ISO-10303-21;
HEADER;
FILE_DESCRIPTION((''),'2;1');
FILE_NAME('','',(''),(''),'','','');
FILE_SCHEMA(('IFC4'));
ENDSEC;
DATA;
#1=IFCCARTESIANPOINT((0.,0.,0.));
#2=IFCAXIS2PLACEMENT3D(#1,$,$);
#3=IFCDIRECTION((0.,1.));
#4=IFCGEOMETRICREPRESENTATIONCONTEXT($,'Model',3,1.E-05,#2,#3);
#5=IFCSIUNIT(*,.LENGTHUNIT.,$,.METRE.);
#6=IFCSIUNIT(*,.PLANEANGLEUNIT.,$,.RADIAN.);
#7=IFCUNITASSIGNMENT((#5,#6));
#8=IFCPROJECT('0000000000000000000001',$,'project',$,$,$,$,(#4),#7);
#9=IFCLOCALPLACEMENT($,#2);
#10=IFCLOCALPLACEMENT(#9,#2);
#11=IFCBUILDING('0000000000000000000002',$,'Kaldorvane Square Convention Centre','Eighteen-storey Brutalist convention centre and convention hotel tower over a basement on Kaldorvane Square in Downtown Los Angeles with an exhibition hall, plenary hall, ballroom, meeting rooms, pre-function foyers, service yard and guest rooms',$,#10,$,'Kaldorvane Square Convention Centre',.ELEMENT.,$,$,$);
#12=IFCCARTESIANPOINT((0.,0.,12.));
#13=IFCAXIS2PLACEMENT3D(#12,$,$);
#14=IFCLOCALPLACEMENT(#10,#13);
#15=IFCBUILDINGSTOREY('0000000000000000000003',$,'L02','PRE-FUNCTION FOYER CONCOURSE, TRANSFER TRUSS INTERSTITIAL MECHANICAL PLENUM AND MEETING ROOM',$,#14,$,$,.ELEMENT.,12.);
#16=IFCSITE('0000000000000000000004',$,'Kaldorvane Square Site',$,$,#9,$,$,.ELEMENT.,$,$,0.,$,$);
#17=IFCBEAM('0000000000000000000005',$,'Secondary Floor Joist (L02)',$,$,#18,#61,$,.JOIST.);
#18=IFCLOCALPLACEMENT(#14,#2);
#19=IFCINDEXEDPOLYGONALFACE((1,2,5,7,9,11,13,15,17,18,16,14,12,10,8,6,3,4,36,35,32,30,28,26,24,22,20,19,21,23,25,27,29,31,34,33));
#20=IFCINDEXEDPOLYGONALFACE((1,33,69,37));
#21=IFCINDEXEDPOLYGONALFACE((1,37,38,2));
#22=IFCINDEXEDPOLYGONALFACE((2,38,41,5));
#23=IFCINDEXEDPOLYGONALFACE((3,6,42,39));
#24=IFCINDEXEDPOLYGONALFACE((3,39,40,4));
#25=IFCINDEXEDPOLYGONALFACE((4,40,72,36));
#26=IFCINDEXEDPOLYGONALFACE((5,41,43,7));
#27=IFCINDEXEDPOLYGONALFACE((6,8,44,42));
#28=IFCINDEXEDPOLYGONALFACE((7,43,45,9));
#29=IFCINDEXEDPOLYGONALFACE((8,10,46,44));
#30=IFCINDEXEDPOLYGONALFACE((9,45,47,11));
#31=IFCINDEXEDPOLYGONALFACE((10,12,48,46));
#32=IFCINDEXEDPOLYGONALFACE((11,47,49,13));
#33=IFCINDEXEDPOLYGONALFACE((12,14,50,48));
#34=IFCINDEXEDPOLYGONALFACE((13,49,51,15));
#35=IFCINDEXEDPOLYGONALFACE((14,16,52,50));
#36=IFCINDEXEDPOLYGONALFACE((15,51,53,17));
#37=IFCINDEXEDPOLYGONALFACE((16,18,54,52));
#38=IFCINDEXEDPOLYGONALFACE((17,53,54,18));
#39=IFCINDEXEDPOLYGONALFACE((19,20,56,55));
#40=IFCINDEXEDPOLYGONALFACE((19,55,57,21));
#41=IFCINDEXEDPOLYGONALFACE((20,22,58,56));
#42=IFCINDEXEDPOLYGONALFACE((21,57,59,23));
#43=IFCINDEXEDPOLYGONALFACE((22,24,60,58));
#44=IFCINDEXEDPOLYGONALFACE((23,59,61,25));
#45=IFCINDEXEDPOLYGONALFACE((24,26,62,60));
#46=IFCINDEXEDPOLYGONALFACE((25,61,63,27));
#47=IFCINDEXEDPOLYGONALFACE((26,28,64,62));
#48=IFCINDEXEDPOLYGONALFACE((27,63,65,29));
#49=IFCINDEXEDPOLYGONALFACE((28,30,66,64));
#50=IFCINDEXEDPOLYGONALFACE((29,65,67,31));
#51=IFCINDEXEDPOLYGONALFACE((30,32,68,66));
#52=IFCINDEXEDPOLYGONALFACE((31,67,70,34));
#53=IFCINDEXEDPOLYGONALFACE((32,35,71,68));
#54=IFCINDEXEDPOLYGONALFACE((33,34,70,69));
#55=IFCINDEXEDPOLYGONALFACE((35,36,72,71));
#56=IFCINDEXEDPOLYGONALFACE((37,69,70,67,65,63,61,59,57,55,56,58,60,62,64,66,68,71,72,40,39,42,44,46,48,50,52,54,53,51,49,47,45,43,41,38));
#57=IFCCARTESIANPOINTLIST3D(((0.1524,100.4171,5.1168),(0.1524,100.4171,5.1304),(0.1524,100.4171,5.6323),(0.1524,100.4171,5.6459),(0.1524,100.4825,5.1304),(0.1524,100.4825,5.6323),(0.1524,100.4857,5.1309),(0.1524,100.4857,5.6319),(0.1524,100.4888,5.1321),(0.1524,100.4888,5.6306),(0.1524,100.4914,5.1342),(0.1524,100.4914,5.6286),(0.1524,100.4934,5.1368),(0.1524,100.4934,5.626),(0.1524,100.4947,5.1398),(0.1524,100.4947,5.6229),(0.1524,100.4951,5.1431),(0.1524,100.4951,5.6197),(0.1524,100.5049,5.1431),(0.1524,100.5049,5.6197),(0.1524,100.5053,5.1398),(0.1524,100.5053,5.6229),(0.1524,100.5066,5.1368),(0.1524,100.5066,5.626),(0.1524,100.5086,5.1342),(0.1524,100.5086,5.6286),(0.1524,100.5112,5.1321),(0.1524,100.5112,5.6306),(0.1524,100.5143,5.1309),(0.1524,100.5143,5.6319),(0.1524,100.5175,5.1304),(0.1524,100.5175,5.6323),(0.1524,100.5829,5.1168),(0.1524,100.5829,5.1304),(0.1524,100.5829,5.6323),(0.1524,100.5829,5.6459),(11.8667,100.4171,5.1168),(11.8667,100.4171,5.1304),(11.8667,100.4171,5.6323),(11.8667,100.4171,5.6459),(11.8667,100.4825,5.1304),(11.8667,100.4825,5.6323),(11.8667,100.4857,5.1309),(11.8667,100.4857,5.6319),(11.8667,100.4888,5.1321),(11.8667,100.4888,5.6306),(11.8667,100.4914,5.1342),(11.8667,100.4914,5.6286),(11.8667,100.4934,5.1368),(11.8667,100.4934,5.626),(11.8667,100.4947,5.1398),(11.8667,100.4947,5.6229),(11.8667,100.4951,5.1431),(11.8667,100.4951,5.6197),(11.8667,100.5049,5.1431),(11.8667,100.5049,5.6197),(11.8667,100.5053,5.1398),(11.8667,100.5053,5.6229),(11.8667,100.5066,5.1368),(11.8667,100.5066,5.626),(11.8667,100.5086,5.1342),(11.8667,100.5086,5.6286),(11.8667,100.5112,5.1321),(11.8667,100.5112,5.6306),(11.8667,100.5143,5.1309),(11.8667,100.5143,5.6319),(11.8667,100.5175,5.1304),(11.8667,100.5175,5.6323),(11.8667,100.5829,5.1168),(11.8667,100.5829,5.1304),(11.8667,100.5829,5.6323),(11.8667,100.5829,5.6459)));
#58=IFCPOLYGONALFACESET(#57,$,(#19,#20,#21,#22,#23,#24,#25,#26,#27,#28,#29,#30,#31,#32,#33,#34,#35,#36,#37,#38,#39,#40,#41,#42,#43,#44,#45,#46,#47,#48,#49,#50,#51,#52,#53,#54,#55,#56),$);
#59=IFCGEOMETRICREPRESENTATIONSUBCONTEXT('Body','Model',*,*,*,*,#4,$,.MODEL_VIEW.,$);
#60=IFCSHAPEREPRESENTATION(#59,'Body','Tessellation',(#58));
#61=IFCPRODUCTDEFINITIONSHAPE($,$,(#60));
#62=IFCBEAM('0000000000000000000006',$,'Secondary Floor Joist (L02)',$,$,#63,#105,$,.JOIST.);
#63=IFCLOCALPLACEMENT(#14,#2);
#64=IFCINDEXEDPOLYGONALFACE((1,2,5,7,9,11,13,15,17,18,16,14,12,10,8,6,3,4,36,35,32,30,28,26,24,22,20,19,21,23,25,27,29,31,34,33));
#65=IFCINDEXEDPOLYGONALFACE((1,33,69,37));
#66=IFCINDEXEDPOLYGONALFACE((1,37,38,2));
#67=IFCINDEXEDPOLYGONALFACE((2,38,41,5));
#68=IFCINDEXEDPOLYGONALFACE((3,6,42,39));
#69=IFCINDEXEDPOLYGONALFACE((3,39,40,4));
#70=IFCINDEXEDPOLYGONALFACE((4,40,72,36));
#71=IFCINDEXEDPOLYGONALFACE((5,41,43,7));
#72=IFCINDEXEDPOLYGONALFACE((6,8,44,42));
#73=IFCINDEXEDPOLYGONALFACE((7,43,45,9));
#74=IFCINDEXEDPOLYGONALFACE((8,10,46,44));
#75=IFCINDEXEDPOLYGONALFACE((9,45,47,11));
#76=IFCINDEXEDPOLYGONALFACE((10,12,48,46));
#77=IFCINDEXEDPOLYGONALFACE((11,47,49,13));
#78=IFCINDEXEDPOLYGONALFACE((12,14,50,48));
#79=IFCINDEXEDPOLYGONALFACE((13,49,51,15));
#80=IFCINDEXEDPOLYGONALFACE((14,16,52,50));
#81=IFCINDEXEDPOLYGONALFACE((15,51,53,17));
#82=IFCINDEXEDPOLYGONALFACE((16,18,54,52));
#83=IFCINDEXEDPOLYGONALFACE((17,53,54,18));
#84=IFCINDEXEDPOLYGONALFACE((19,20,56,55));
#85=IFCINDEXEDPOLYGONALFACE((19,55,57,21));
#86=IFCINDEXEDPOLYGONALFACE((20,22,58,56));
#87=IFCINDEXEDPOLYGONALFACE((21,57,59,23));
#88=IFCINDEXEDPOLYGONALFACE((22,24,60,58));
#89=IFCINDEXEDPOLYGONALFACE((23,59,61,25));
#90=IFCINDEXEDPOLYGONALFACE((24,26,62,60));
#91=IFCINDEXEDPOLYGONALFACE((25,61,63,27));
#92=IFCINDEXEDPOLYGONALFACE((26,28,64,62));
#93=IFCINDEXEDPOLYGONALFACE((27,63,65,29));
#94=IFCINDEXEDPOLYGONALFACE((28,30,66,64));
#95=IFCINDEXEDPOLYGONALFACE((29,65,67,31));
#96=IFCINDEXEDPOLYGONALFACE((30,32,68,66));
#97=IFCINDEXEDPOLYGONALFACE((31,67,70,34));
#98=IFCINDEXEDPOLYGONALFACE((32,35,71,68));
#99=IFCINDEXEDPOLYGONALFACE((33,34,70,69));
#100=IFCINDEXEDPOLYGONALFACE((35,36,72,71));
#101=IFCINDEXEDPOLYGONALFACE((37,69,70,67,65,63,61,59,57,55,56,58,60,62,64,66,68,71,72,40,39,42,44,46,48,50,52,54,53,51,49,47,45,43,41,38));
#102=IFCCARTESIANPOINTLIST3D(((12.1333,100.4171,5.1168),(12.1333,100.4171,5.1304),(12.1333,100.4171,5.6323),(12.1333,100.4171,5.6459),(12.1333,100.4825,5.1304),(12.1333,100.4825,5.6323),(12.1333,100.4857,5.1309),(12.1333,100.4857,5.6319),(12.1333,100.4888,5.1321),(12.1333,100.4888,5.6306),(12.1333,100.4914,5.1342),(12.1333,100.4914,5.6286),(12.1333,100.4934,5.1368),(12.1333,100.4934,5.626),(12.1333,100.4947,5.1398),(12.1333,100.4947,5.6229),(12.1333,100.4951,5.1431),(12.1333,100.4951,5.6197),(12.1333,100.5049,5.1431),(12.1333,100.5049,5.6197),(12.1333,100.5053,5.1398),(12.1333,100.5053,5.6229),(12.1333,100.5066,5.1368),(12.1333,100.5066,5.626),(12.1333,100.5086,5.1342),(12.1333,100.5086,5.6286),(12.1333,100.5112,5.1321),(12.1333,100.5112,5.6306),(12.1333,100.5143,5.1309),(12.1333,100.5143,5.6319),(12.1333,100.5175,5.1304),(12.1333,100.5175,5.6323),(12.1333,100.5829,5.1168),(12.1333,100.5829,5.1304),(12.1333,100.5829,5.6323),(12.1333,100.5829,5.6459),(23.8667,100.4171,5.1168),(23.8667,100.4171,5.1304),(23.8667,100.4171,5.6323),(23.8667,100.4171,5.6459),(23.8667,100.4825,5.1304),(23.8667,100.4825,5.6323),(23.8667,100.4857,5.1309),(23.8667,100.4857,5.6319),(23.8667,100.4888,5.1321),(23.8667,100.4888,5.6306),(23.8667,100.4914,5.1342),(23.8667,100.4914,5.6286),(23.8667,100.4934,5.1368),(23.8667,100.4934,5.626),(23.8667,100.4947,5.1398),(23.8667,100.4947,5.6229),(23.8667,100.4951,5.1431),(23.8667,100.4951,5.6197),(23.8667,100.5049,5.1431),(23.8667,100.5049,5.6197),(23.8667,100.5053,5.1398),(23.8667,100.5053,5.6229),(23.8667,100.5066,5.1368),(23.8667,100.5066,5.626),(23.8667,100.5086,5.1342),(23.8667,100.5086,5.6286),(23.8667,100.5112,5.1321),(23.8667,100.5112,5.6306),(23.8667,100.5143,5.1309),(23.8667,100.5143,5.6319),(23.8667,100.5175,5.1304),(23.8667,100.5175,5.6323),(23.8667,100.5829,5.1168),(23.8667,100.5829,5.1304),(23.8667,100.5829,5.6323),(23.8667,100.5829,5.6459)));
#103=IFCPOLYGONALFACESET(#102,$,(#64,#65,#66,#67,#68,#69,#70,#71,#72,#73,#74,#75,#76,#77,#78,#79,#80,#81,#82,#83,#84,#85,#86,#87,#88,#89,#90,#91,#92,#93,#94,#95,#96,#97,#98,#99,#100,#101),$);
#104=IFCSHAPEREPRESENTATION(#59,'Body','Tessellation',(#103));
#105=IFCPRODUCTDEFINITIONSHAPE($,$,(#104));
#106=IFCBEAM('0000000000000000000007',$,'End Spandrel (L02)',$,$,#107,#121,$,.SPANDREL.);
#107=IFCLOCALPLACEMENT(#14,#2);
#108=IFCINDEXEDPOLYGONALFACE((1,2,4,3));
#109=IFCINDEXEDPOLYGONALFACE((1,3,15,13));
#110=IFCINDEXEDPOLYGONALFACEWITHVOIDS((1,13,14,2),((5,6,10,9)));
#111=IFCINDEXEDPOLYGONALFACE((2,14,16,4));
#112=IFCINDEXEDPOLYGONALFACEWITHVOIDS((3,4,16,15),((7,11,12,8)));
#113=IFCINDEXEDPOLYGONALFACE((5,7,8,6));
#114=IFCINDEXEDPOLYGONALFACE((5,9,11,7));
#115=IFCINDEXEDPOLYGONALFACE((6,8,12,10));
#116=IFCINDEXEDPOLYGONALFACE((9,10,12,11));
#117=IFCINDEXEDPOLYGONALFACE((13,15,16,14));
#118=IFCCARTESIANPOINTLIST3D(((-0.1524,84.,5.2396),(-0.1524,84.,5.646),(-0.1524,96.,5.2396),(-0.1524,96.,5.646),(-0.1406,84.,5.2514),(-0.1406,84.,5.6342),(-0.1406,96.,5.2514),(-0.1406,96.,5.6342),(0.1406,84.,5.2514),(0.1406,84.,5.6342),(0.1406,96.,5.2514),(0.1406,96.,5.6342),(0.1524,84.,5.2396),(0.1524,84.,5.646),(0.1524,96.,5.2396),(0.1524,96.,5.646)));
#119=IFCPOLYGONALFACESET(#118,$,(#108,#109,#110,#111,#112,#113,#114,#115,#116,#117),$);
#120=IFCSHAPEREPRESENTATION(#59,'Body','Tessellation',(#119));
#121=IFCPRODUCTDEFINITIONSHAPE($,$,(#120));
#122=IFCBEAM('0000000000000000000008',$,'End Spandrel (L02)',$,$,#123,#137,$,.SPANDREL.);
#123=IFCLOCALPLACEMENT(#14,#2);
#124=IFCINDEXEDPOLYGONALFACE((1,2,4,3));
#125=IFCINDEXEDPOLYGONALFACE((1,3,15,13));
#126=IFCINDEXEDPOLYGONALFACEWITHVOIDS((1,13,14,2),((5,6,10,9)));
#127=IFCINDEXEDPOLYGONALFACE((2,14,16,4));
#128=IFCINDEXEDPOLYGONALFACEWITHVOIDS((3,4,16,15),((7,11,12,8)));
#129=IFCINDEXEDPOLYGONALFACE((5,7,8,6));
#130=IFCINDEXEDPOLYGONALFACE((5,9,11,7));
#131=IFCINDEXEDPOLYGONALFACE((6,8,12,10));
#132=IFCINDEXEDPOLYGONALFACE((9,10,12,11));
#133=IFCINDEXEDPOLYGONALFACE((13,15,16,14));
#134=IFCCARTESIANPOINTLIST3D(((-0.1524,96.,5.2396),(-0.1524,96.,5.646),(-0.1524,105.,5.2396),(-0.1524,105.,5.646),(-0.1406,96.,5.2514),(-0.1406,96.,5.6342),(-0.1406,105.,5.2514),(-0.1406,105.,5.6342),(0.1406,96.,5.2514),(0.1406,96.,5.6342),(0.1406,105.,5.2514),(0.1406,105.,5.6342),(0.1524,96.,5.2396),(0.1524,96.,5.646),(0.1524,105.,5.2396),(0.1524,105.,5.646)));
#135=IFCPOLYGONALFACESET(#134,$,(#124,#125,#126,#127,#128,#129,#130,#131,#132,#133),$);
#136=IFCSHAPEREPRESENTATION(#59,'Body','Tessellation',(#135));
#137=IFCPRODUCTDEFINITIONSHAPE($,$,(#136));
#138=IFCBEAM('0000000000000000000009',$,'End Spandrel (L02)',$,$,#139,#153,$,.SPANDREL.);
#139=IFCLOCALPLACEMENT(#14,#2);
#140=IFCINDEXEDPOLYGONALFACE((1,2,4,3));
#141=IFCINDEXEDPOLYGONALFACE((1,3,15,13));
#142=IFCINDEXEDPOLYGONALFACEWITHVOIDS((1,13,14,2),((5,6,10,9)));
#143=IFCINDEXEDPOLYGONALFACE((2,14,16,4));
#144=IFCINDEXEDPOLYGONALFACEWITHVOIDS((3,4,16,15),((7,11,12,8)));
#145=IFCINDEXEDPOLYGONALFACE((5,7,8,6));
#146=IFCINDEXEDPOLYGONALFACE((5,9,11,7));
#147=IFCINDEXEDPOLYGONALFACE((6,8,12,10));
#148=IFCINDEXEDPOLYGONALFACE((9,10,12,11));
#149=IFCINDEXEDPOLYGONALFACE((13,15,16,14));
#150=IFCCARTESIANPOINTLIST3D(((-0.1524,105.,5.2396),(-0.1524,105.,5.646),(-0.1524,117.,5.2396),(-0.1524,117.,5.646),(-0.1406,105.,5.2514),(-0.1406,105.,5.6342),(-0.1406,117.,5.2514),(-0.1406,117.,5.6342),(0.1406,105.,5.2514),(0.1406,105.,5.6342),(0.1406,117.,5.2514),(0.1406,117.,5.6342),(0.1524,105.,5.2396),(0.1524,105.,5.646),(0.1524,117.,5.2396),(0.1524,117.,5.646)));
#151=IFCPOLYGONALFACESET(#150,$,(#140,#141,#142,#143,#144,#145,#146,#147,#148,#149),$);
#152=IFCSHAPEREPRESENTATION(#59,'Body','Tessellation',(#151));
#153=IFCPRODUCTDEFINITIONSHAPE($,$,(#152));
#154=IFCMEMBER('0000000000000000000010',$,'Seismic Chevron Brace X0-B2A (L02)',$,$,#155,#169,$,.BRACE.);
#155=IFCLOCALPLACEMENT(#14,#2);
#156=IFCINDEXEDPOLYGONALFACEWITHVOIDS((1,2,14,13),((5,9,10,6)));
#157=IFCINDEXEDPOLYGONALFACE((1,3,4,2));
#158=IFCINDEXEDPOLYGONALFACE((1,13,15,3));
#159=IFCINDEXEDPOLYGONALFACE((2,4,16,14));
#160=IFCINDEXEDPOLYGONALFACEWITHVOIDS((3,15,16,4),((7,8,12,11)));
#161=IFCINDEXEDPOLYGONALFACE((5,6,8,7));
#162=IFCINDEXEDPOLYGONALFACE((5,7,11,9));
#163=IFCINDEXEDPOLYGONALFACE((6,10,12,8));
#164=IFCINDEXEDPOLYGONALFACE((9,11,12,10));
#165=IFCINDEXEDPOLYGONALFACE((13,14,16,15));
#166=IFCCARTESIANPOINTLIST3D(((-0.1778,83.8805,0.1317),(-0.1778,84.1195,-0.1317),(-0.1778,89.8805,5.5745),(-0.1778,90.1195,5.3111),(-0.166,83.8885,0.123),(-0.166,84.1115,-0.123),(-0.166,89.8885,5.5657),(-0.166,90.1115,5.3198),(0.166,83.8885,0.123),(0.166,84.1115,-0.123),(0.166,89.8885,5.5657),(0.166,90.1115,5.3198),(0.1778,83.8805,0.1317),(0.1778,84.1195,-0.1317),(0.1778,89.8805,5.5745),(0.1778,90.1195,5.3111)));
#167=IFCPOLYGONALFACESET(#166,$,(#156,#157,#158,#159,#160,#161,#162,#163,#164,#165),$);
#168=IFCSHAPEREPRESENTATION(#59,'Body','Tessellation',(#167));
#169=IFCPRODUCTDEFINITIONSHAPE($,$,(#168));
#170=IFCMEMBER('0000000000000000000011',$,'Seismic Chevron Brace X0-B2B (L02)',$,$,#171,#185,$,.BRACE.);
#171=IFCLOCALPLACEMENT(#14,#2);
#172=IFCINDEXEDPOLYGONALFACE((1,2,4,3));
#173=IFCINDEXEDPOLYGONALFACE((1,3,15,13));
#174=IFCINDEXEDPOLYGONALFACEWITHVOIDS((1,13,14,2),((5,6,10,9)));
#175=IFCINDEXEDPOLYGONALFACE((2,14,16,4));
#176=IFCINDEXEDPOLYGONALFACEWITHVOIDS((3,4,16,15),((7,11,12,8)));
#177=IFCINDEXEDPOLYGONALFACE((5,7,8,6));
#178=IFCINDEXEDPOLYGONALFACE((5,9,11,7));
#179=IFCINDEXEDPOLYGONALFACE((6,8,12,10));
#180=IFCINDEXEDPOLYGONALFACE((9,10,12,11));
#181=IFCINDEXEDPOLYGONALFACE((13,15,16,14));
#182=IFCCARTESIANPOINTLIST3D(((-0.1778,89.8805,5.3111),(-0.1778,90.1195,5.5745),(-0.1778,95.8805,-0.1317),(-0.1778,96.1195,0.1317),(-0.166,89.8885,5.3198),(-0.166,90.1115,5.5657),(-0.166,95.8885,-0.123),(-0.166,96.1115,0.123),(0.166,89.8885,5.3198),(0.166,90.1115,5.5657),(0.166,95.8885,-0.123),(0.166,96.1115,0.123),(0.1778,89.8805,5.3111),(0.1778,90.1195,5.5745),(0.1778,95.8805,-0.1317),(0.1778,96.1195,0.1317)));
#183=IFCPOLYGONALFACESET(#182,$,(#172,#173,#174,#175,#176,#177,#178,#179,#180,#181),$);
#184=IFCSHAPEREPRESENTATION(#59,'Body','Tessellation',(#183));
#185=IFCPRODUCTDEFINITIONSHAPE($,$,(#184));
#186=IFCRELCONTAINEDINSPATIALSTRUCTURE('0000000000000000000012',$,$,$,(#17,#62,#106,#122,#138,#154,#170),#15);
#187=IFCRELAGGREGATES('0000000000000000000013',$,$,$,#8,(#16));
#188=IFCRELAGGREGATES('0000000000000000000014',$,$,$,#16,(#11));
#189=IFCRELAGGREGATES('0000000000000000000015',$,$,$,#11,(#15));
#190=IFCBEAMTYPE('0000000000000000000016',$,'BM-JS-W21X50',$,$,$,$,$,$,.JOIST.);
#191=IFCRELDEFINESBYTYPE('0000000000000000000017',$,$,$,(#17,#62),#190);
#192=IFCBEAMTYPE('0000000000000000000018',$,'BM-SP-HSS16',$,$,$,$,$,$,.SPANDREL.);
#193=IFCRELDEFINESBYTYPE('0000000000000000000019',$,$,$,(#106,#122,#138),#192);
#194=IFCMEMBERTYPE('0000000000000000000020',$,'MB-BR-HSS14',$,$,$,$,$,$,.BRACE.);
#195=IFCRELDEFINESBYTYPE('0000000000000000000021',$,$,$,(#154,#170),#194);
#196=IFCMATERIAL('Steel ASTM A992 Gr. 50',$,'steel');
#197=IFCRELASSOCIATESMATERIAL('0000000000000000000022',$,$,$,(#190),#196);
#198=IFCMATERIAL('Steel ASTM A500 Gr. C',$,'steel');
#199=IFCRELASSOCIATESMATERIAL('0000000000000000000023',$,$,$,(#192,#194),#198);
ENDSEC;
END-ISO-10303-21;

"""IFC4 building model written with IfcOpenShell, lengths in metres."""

from ifc_helpers import new_model, si_unit, direction, frame, origin, origin_2d, place, context, subcontext, project, spatial, hollow_rectangle, i_section, extrude, material, material_profile, profile_set, type_object, element, save


model = new_model("IFC4")

# Units and contexts
model_context = context("Model", 3, precision=1e-05, world=origin(), true_north=direction((0.0, 1.0)))
body_context = subcontext(model_context, "Body", "Model", "MODEL_VIEW")
ifc_project = project(units=[si_unit("LENGTHUNIT", "METRE"), si_unit("PLANEANGLEUNIT", "RADIAN")], contexts=[model_context])

# Site, building, storey
site_placement = place(None, origin())
site = spatial("IfcSite", under=ifc_project, at=site_placement, Name="Kaldorvane Square Site", CompositionType="ELEMENT", RefElevation=0.0)
building_placement = place(site_placement, origin())
building = spatial("IfcBuilding", under=site, at=building_placement, Name="Kaldorvane Square Convention Centre", Description="Eighteen-storey Brutalist convention centre and convention hotel tower over a basement on Kaldorvane Square in Downtown Los Angeles with an exhibition hall, plenary hall, ballroom, meeting rooms, pre-function foyers, service yard and guest rooms", LongName="Kaldorvane Square Convention Centre", CompositionType="ELEMENT")
storey_placement = place(building_placement, frame((0.0, 0.0, 12.0)))
storey = spatial("IfcBuildingStorey", under=building, at=storey_placement, Name="L02", Description="PRE-FUNCTION FOYER CONCOURSE, TRANSFER TRUSS INTERSTITIAL MECHANICAL PLENUM AND MEETING ROOM", CompositionType="ELEMENT", Elevation=12.0)

# Shared definitions
ifc_material_1 = material(Name="Steel ASTM A992 Gr. 50", Category="steel")

# Beams
ifc_material_profile_1 = material_profile(ifc_material_1, i_section(OverallWidth=0.1659, OverallDepth=0.5291, WebThickness=0.0097, FlangeThickness=0.0136, FilletRadius=0.0127, at=origin_2d()), Name="W21X50")
ifc_profile_set_1 = profile_set([ifc_material_profile_1], Name="Steel ASTM A992 Gr. 50")
beam_type_1 = type_object("IfcBeamType", Name="BM-JS-W21X50", PredefinedType="JOIST", material=ifc_profile_set_1)
beam_1_placement = place(storey_placement, frame((0.1524, 100.5, 5.3814), z_axis=(1.0, 0.0, 0.0), x_axis=(0.0, 1.0, 0.0)))
element("IfcBeam", 1, at=beam_1_placement, inside=storey, type_object=beam_type_1, Name="Secondary Floor Joist (L02)", PredefinedType="JOIST", context=body_context, shape_type="SweptSolid", body=[
    extrude(i_section(OverallWidth=0.1659, OverallDepth=0.5291, WebThickness=0.0097, FlangeThickness=0.0136, FilletRadius=0.0127, at=origin_2d()), origin(), (0.0, 0.0, 1.0), 11.7143),
])
beam_2_placement = place(storey_placement, frame((12.1333, 100.5, 5.3814), z_axis=(1.0, 0.0, 0.0), x_axis=(0.0, 1.0, 0.0)))
element("IfcBeam", 2, at=beam_2_placement, inside=storey, type_object=beam_type_1, Name="Secondary Floor Joist (L02)", PredefinedType="JOIST", context=body_context, shape_type="SweptSolid", body=[
    extrude(i_section(OverallWidth=0.1659, OverallDepth=0.5291, WebThickness=0.0097, FlangeThickness=0.0136, FilletRadius=0.0127, at=origin_2d()), origin(), (0.0, 0.0, 1.0), 11.7334),
])
ifc_material_2 = material(Name="Steel ASTM A500 Gr. C", Category="steel")
ifc_material_profile_2 = material_profile(ifc_material_2, hollow_rectangle(XDim=0.3048, YDim=0.4064, WallThickness=0.0118, at=origin_2d()), Name="HSS16X12X1/2")
ifc_profile_set_2 = profile_set([ifc_material_profile_2], Name="Steel ASTM A500 Gr. C")
beam_type_2 = type_object("IfcBeamType", Name="BM-SP-HSS16", PredefinedType="SPANDREL", material=ifc_profile_set_2)
beam_3_placement = place(storey_placement, frame((0.0, 84.0, 5.4428), z_axis=(0.0, 1.0, 0.0), x_axis=(-1.0, 0.0, 0.0)))
element("IfcBeam", 3, at=beam_3_placement, inside=storey, type_object=beam_type_2, Name="End Spandrel (L02)", PredefinedType="SPANDREL", context=body_context, shape_type="SweptSolid", body=[
    extrude(hollow_rectangle(XDim=0.3048, YDim=0.4064, WallThickness=0.0118, at=origin_2d()), origin(), (0.0, 0.0, 1.0), 12.0),
])
beam_4_placement = place(storey_placement, frame((0.0, 96.0, 5.4428), z_axis=(0.0, 1.0, 0.0), x_axis=(-1.0, 0.0, 0.0)))
element("IfcBeam", 4, at=beam_4_placement, inside=storey, type_object=beam_type_2, Name="End Spandrel (L02)", PredefinedType="SPANDREL", context=body_context, shape_type="SweptSolid", body=[
    extrude(hollow_rectangle(XDim=0.3048, YDim=0.4064, WallThickness=0.0118, at=origin_2d()), origin(), (0.0, 0.0, 1.0), 9.0),
])
beam_5_placement = place(storey_placement, frame((0.0, 105.0, 5.4428), z_axis=(0.0, 1.0, 0.0), x_axis=(-1.0, 0.0, 0.0)))
element("IfcBeam", 5, at=beam_5_placement, inside=storey, type_object=beam_type_2, Name="End Spandrel (L02)", PredefinedType="SPANDREL", context=body_context, shape_type="SweptSolid", body=[
    extrude(hollow_rectangle(XDim=0.3048, YDim=0.4064, WallThickness=0.0118, at=origin_2d()), origin(), (0.0, 0.0, 1.0), 12.0),
])

# Members
ifc_material_profile_3 = material_profile(ifc_material_2, hollow_rectangle(XDim=0.3556, YDim=0.3556, WallThickness=0.0118, at=origin_2d()), Name="HSS14X14X1/2")
ifc_profile_set_3 = profile_set([ifc_material_profile_3], Name="Steel ASTM A500 Gr. C")
member_type = type_object("IfcMemberType", Name="MB-BR-HSS14", PredefinedType="BRACE", material=ifc_profile_set_3)
for number, where, z_axis, x_axis, name in (
    (6, (0.0, 84.0, 0.0), (0.0, 0.740662, 0.671878), (-1.0, 0.0, 0.0), "Seismic Chevron Brace X0-B2A (L02)"),
    (7, (0.0, 96.0, 0.0), (0.0, -0.740662, 0.671878), (1.0, 0.0, 0.0), "Seismic Chevron Brace X0-B2B (L02)"),
):
    element("IfcMember", number, at=place(storey_placement, frame(where, z_axis=z_axis, x_axis=x_axis)), inside=storey, type_object=member_type, Name=name, PredefinedType="BRACE", context=body_context, shape_type="SweptSolid", body=[
        extrude(hollow_rectangle(XDim=0.3556, YDim=0.3556, WallThickness=0.0118, at=origin_2d()), origin(), (0.0, 0.0, 1.0), 8.1009),
    ])

save(model, "model.ifc")
